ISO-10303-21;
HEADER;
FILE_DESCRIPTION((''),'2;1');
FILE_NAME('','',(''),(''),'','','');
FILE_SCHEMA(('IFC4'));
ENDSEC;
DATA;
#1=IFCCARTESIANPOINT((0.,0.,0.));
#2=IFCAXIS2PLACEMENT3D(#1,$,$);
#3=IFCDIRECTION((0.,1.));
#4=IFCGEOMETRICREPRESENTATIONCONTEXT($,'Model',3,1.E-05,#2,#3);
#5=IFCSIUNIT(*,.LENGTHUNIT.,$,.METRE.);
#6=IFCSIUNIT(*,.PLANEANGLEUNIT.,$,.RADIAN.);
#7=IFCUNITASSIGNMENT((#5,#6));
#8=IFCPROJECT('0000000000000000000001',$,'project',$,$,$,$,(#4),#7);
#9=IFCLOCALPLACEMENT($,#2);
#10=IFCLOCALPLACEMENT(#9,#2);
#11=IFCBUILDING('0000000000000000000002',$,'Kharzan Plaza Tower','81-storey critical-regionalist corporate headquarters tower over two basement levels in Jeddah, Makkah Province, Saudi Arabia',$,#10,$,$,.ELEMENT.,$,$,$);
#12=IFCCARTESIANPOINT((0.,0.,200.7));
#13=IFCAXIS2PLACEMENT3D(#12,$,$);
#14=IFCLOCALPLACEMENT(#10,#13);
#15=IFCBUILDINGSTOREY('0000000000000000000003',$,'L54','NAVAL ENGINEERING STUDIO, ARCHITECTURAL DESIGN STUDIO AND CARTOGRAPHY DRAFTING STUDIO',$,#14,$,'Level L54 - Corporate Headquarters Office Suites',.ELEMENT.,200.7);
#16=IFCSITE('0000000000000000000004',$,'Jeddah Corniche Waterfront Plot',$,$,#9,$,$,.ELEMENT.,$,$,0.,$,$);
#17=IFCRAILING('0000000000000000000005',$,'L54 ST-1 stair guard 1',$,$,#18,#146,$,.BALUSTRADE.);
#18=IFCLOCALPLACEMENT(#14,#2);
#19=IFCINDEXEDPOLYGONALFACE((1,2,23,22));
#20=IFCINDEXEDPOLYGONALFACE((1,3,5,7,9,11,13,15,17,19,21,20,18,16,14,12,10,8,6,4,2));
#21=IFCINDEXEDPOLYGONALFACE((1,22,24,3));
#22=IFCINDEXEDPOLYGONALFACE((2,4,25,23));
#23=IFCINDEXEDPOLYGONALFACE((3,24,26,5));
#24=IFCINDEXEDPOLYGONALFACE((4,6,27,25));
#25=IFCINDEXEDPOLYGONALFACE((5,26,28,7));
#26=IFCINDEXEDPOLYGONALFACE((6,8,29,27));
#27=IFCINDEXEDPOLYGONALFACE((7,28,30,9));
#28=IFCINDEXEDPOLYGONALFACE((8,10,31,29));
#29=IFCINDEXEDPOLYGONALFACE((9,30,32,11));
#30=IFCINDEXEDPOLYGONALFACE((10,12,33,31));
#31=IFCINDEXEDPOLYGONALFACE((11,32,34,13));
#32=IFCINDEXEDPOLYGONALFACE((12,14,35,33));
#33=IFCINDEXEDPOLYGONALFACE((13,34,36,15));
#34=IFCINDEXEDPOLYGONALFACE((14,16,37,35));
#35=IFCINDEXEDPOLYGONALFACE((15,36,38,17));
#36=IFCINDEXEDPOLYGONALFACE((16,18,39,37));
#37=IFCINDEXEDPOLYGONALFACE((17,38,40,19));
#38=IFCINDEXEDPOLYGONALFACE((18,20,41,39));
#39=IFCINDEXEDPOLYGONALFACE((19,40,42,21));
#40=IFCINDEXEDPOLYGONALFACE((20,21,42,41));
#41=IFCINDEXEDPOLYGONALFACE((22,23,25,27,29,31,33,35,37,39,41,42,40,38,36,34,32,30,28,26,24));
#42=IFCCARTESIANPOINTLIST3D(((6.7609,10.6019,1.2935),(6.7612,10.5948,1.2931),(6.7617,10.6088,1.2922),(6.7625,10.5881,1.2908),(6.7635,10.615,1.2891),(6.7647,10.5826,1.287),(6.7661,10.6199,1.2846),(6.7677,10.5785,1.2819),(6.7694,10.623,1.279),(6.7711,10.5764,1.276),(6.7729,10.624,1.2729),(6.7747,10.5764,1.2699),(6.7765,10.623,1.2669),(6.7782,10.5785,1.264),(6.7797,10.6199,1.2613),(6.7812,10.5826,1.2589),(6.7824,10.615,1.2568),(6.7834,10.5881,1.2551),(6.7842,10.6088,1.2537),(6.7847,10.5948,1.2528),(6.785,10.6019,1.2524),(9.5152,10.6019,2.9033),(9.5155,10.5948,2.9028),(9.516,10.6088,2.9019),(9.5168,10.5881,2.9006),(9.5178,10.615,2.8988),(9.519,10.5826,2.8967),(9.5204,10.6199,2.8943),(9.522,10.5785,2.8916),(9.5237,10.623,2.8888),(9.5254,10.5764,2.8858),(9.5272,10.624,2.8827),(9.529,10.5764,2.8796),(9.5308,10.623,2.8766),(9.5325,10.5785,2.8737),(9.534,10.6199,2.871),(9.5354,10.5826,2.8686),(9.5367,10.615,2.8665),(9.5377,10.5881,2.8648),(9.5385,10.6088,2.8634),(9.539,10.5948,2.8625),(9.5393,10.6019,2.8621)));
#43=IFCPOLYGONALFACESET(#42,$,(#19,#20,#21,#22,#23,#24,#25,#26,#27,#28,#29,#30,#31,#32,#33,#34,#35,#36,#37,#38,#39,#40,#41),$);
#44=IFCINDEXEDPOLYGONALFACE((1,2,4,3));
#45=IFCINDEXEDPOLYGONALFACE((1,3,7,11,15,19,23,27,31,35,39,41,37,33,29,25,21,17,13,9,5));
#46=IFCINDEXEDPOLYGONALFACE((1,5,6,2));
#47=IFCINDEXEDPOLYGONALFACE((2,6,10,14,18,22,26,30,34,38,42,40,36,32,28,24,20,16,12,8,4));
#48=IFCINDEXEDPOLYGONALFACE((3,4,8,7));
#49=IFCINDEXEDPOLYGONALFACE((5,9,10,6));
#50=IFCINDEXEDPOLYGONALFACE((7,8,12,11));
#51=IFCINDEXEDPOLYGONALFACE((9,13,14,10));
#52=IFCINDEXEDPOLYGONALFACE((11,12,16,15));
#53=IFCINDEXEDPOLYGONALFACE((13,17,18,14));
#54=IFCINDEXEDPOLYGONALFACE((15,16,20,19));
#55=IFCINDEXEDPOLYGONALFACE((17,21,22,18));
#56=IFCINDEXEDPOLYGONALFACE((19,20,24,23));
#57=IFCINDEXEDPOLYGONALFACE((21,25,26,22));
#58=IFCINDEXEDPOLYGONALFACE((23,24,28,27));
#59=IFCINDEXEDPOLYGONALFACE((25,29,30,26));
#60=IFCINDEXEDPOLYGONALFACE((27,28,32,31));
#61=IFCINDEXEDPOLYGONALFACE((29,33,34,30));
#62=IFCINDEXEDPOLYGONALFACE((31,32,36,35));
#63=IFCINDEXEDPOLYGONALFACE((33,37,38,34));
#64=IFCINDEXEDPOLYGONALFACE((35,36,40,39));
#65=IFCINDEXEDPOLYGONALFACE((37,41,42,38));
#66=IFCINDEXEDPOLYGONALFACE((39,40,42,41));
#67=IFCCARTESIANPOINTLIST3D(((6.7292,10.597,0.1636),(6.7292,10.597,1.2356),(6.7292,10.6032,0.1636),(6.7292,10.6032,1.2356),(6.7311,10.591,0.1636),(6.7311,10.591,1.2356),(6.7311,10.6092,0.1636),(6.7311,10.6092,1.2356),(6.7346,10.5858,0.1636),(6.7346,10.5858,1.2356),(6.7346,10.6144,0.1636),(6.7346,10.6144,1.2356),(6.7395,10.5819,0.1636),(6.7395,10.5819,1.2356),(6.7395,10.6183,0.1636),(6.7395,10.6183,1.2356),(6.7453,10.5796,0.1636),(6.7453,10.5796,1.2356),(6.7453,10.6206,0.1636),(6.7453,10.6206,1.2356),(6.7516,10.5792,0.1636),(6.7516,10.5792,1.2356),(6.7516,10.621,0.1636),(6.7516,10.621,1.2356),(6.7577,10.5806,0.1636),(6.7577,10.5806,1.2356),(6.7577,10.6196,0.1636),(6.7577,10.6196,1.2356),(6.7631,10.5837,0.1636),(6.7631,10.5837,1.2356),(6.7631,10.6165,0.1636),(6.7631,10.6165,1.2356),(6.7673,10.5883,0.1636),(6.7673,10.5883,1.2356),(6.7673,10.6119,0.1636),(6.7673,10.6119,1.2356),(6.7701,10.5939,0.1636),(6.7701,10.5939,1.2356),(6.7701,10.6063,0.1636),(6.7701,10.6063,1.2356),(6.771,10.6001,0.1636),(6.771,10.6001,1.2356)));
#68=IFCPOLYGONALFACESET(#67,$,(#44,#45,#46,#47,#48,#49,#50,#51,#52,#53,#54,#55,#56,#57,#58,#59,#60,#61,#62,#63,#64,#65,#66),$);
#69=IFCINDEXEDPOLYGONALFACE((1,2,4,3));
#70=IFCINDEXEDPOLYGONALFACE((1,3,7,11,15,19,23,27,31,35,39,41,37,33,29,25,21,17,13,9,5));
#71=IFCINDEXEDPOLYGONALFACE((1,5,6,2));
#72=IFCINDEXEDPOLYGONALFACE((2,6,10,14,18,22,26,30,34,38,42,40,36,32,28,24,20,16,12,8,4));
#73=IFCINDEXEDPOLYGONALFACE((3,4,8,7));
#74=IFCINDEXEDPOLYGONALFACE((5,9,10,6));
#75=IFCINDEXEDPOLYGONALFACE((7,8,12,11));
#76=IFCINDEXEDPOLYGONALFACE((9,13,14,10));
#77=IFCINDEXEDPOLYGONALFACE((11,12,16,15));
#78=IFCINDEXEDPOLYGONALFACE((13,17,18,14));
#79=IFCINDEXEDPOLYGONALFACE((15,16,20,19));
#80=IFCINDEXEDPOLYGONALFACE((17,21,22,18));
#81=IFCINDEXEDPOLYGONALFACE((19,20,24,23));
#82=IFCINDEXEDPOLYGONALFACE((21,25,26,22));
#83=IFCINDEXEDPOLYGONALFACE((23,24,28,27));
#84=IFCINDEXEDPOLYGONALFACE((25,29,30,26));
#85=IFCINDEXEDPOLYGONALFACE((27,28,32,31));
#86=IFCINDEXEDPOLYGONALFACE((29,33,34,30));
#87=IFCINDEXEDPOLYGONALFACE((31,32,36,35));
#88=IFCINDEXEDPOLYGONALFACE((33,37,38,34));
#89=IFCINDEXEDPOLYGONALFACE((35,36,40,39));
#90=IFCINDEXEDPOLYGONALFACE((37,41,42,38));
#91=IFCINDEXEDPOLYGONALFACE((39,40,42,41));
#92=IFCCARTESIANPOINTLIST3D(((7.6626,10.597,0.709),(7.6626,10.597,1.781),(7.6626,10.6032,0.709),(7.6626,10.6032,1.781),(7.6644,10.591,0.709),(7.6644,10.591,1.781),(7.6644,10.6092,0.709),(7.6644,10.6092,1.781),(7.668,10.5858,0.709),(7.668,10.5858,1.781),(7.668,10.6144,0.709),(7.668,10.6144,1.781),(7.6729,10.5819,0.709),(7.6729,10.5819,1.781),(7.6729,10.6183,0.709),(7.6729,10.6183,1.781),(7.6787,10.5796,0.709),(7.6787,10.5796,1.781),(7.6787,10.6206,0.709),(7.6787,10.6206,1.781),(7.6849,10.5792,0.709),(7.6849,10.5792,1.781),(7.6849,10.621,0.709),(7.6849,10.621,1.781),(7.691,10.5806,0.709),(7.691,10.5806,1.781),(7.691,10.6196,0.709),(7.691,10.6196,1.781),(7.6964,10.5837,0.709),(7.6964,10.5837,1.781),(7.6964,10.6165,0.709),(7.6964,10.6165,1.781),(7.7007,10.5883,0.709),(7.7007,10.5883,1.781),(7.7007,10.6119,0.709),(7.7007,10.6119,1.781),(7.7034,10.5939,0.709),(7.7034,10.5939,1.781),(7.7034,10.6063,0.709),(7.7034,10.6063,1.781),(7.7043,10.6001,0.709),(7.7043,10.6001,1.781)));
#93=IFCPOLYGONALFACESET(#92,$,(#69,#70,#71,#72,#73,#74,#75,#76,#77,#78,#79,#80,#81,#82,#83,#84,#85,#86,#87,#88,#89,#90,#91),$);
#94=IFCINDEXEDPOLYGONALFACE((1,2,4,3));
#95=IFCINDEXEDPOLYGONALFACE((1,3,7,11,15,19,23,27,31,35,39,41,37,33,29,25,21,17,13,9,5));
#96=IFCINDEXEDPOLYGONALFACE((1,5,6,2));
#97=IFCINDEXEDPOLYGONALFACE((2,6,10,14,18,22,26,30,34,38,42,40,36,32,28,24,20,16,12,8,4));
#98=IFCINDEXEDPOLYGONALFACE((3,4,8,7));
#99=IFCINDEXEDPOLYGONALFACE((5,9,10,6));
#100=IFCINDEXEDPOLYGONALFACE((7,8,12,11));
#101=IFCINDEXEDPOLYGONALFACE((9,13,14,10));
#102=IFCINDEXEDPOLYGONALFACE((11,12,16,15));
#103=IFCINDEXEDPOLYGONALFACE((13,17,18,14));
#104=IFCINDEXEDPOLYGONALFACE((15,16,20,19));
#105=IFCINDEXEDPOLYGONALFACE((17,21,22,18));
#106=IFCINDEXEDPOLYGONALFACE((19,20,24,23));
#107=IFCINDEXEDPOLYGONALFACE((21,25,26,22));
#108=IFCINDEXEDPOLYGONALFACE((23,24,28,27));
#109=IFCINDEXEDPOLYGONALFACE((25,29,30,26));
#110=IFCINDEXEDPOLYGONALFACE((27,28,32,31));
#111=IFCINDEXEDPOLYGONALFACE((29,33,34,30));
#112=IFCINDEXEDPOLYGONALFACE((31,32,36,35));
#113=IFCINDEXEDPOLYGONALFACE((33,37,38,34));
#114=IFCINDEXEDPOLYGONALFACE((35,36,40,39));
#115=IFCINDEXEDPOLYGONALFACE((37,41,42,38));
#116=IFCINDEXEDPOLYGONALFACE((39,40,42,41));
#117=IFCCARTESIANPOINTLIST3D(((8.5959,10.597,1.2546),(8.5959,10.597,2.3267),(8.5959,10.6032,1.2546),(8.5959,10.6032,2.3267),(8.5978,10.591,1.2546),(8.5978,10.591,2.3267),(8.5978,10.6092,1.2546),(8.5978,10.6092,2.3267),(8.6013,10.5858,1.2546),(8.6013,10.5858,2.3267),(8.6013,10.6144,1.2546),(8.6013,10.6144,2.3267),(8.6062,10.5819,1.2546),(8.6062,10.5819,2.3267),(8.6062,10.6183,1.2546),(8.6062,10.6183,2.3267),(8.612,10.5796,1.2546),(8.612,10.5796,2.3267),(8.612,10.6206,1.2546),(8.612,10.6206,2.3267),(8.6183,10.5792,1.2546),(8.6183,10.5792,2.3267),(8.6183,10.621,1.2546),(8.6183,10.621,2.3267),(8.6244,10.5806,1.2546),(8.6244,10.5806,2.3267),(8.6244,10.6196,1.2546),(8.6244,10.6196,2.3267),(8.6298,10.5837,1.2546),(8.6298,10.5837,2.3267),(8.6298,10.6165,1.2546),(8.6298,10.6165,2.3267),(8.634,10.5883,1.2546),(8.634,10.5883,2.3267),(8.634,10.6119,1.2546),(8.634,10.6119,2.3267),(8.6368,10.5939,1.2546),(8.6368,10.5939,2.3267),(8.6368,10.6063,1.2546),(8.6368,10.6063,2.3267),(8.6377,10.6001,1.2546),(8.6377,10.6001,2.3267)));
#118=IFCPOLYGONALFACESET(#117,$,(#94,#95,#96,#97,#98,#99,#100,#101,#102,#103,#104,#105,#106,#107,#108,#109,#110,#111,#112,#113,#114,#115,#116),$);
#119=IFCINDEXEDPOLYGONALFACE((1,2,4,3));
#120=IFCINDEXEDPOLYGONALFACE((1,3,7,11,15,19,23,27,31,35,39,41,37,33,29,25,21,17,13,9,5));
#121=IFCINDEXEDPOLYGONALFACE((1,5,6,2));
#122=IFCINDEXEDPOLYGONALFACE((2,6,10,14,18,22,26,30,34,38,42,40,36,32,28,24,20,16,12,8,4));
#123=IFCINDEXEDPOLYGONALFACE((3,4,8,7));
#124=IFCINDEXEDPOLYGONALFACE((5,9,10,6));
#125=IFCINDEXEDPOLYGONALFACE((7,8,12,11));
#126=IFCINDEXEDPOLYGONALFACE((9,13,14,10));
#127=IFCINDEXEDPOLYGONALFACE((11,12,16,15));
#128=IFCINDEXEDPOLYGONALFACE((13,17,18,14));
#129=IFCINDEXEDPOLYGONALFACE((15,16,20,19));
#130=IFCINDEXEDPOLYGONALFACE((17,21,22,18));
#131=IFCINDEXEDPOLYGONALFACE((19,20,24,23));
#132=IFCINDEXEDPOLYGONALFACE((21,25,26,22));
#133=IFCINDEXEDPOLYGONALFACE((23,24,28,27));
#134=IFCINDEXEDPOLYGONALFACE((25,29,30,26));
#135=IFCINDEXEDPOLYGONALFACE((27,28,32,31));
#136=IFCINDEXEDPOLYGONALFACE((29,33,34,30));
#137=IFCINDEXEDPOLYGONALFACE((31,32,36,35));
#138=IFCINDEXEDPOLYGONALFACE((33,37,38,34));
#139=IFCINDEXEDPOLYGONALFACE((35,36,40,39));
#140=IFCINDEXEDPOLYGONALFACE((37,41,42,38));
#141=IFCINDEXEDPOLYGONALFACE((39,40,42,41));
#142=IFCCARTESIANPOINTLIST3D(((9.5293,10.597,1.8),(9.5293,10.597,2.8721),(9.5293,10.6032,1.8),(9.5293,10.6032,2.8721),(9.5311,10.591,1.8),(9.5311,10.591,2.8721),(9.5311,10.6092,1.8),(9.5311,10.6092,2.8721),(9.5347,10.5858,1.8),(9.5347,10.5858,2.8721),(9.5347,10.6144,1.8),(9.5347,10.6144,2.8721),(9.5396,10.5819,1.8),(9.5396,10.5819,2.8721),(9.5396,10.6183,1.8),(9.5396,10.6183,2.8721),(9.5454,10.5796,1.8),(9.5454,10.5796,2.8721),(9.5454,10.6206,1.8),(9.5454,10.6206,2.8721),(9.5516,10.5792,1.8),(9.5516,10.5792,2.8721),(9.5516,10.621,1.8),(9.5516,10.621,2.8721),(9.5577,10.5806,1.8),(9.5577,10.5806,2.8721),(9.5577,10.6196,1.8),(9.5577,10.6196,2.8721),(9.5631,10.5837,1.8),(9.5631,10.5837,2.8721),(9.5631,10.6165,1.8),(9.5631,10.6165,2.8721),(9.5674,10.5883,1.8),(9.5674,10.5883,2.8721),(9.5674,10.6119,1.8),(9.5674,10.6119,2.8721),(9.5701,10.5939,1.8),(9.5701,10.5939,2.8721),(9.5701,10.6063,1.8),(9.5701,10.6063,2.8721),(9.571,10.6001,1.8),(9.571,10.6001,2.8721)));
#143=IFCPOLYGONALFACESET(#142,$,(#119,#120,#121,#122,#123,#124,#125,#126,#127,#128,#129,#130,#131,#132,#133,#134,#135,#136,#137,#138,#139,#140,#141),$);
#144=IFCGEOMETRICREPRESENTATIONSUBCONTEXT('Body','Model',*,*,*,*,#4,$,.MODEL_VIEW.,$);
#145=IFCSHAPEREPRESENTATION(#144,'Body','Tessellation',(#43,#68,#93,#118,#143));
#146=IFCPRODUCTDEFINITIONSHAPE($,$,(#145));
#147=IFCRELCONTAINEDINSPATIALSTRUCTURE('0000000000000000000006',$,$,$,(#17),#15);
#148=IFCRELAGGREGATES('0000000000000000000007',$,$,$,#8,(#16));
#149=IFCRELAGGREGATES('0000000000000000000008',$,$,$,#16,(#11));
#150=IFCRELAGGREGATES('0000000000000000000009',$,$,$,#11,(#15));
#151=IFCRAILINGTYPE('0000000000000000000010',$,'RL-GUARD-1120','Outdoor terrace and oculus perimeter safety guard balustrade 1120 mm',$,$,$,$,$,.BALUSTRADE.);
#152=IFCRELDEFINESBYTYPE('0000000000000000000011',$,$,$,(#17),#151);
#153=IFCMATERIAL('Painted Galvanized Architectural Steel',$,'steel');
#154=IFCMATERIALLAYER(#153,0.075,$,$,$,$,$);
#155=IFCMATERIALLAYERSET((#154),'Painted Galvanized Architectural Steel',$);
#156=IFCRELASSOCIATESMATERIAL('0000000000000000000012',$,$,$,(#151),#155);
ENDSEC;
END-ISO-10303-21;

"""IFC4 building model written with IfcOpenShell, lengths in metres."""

from ifc_helpers import new_model, si_unit, direction, frame, origin, origin_2d, place, context, subcontext, project, spatial, circle, extrude, source, transform, mapped, material, layer, layer_set, type_object, element, save


model = new_model("IFC4")

# Units and contexts
model_context = context("Model", 3, precision=1e-05, world=origin(), true_north=direction((0.0, 1.0)))
body_context = subcontext(model_context, "Body", "Model", "MODEL_VIEW")
ifc_project = project(units=[si_unit("LENGTHUNIT", "METRE"), si_unit("PLANEANGLEUNIT", "RADIAN")], contexts=[model_context])

# Site, building, storey
site_placement = place(None, origin())
site = spatial("IfcSite", under=ifc_project, at=site_placement, Name="Jeddah Corniche Waterfront Plot", CompositionType="ELEMENT", RefElevation=0.0)
building_placement = place(site_placement, origin())
building = spatial("IfcBuilding", under=site, at=building_placement, Name="Kharzan Plaza Tower", Description="81-storey critical-regionalist corporate headquarters tower over two basement levels in Jeddah, Makkah Province, Saudi Arabia", CompositionType="ELEMENT")
storey_placement = place(building_placement, frame((0.0, 0.0, 200.7)))
storey = spatial("IfcBuildingStorey", under=building, at=storey_placement, Name="L54", Description="NAVAL ENGINEERING STUDIO, ARCHITECTURAL DESIGN STUDIO AND CARTOGRAPHY DRAFTING STUDIO", LongName="Level L54 - Corporate Headquarters Office Suites", CompositionType="ELEMENT", Elevation=200.7)

# Shared definitions
ifc_material_1 = material(Name="Painted Galvanized Architectural Steel", Category="steel")
ifc_layer_1 = layer(ifc_material_1, 0.075)
ifc_layer_set_1 = layer_set([ifc_layer_1], Name="Painted Galvanized Architectural Steel")
railing_type_1 = type_object("IfcRailingType", Name="RL-GUARD-1120", Description="Outdoor terrace and oculus perimeter safety guard balustrade 1120 mm", PredefinedType="BALUSTRADE", material=ifc_layer_set_1)

# Railing
shared_shape_1 = source(origin(), body_context, "Body", "SweptSolid", [
    extrude(circle(Radius=0.0239, at=origin_2d()), frame((0.0229, 0.0, 1.1094), z_axis=(0.863361, 0.0, 0.504587), x_axis=(0.0, 1.0, 0.0)), (0.0, 0.0, 1.0), 3.1902),
    extrude(circle(Radius=0.021, at=origin_2d()), origin(), (0.0, 0.0, 1.0), 1.072),
    extrude(circle(Radius=0.021, at=origin_2d()), frame((0.9333, 0.0, 0.5454)), (0.0, 0.0, 1.0), 1.072),
    extrude(circle(Radius=0.021, at=origin_2d()), frame((1.8667, 0.0, 1.0911)), (0.0, 0.0, 1.0), 1.072),
    extrude(circle(Radius=0.021, at=origin_2d()), frame((2.8, 0.0, 1.6365)), (0.0, 0.0, 1.0), 1.072),
])
railing_1_placement = place(storey_placement, frame((6.75, 10.6001, 0.1636)))
element("IfcRailing", 1, at=railing_1_placement, inside=storey, type_object=railing_type_1, Name="L54 ST-1 stair guard 1", PredefinedType="BALUSTRADE", context=body_context, shape_type="MappedRepresentation", body=[
    mapped(shared_shape_1, transform((0.0, 0.0, 0.0), x_axis=(1.0, 0.0, 0.0), y_axis=(0.0, 1.0, 0.0), z_axis=(0.0, 0.0, 1.0))),
])

save(model, "model.ifc")
